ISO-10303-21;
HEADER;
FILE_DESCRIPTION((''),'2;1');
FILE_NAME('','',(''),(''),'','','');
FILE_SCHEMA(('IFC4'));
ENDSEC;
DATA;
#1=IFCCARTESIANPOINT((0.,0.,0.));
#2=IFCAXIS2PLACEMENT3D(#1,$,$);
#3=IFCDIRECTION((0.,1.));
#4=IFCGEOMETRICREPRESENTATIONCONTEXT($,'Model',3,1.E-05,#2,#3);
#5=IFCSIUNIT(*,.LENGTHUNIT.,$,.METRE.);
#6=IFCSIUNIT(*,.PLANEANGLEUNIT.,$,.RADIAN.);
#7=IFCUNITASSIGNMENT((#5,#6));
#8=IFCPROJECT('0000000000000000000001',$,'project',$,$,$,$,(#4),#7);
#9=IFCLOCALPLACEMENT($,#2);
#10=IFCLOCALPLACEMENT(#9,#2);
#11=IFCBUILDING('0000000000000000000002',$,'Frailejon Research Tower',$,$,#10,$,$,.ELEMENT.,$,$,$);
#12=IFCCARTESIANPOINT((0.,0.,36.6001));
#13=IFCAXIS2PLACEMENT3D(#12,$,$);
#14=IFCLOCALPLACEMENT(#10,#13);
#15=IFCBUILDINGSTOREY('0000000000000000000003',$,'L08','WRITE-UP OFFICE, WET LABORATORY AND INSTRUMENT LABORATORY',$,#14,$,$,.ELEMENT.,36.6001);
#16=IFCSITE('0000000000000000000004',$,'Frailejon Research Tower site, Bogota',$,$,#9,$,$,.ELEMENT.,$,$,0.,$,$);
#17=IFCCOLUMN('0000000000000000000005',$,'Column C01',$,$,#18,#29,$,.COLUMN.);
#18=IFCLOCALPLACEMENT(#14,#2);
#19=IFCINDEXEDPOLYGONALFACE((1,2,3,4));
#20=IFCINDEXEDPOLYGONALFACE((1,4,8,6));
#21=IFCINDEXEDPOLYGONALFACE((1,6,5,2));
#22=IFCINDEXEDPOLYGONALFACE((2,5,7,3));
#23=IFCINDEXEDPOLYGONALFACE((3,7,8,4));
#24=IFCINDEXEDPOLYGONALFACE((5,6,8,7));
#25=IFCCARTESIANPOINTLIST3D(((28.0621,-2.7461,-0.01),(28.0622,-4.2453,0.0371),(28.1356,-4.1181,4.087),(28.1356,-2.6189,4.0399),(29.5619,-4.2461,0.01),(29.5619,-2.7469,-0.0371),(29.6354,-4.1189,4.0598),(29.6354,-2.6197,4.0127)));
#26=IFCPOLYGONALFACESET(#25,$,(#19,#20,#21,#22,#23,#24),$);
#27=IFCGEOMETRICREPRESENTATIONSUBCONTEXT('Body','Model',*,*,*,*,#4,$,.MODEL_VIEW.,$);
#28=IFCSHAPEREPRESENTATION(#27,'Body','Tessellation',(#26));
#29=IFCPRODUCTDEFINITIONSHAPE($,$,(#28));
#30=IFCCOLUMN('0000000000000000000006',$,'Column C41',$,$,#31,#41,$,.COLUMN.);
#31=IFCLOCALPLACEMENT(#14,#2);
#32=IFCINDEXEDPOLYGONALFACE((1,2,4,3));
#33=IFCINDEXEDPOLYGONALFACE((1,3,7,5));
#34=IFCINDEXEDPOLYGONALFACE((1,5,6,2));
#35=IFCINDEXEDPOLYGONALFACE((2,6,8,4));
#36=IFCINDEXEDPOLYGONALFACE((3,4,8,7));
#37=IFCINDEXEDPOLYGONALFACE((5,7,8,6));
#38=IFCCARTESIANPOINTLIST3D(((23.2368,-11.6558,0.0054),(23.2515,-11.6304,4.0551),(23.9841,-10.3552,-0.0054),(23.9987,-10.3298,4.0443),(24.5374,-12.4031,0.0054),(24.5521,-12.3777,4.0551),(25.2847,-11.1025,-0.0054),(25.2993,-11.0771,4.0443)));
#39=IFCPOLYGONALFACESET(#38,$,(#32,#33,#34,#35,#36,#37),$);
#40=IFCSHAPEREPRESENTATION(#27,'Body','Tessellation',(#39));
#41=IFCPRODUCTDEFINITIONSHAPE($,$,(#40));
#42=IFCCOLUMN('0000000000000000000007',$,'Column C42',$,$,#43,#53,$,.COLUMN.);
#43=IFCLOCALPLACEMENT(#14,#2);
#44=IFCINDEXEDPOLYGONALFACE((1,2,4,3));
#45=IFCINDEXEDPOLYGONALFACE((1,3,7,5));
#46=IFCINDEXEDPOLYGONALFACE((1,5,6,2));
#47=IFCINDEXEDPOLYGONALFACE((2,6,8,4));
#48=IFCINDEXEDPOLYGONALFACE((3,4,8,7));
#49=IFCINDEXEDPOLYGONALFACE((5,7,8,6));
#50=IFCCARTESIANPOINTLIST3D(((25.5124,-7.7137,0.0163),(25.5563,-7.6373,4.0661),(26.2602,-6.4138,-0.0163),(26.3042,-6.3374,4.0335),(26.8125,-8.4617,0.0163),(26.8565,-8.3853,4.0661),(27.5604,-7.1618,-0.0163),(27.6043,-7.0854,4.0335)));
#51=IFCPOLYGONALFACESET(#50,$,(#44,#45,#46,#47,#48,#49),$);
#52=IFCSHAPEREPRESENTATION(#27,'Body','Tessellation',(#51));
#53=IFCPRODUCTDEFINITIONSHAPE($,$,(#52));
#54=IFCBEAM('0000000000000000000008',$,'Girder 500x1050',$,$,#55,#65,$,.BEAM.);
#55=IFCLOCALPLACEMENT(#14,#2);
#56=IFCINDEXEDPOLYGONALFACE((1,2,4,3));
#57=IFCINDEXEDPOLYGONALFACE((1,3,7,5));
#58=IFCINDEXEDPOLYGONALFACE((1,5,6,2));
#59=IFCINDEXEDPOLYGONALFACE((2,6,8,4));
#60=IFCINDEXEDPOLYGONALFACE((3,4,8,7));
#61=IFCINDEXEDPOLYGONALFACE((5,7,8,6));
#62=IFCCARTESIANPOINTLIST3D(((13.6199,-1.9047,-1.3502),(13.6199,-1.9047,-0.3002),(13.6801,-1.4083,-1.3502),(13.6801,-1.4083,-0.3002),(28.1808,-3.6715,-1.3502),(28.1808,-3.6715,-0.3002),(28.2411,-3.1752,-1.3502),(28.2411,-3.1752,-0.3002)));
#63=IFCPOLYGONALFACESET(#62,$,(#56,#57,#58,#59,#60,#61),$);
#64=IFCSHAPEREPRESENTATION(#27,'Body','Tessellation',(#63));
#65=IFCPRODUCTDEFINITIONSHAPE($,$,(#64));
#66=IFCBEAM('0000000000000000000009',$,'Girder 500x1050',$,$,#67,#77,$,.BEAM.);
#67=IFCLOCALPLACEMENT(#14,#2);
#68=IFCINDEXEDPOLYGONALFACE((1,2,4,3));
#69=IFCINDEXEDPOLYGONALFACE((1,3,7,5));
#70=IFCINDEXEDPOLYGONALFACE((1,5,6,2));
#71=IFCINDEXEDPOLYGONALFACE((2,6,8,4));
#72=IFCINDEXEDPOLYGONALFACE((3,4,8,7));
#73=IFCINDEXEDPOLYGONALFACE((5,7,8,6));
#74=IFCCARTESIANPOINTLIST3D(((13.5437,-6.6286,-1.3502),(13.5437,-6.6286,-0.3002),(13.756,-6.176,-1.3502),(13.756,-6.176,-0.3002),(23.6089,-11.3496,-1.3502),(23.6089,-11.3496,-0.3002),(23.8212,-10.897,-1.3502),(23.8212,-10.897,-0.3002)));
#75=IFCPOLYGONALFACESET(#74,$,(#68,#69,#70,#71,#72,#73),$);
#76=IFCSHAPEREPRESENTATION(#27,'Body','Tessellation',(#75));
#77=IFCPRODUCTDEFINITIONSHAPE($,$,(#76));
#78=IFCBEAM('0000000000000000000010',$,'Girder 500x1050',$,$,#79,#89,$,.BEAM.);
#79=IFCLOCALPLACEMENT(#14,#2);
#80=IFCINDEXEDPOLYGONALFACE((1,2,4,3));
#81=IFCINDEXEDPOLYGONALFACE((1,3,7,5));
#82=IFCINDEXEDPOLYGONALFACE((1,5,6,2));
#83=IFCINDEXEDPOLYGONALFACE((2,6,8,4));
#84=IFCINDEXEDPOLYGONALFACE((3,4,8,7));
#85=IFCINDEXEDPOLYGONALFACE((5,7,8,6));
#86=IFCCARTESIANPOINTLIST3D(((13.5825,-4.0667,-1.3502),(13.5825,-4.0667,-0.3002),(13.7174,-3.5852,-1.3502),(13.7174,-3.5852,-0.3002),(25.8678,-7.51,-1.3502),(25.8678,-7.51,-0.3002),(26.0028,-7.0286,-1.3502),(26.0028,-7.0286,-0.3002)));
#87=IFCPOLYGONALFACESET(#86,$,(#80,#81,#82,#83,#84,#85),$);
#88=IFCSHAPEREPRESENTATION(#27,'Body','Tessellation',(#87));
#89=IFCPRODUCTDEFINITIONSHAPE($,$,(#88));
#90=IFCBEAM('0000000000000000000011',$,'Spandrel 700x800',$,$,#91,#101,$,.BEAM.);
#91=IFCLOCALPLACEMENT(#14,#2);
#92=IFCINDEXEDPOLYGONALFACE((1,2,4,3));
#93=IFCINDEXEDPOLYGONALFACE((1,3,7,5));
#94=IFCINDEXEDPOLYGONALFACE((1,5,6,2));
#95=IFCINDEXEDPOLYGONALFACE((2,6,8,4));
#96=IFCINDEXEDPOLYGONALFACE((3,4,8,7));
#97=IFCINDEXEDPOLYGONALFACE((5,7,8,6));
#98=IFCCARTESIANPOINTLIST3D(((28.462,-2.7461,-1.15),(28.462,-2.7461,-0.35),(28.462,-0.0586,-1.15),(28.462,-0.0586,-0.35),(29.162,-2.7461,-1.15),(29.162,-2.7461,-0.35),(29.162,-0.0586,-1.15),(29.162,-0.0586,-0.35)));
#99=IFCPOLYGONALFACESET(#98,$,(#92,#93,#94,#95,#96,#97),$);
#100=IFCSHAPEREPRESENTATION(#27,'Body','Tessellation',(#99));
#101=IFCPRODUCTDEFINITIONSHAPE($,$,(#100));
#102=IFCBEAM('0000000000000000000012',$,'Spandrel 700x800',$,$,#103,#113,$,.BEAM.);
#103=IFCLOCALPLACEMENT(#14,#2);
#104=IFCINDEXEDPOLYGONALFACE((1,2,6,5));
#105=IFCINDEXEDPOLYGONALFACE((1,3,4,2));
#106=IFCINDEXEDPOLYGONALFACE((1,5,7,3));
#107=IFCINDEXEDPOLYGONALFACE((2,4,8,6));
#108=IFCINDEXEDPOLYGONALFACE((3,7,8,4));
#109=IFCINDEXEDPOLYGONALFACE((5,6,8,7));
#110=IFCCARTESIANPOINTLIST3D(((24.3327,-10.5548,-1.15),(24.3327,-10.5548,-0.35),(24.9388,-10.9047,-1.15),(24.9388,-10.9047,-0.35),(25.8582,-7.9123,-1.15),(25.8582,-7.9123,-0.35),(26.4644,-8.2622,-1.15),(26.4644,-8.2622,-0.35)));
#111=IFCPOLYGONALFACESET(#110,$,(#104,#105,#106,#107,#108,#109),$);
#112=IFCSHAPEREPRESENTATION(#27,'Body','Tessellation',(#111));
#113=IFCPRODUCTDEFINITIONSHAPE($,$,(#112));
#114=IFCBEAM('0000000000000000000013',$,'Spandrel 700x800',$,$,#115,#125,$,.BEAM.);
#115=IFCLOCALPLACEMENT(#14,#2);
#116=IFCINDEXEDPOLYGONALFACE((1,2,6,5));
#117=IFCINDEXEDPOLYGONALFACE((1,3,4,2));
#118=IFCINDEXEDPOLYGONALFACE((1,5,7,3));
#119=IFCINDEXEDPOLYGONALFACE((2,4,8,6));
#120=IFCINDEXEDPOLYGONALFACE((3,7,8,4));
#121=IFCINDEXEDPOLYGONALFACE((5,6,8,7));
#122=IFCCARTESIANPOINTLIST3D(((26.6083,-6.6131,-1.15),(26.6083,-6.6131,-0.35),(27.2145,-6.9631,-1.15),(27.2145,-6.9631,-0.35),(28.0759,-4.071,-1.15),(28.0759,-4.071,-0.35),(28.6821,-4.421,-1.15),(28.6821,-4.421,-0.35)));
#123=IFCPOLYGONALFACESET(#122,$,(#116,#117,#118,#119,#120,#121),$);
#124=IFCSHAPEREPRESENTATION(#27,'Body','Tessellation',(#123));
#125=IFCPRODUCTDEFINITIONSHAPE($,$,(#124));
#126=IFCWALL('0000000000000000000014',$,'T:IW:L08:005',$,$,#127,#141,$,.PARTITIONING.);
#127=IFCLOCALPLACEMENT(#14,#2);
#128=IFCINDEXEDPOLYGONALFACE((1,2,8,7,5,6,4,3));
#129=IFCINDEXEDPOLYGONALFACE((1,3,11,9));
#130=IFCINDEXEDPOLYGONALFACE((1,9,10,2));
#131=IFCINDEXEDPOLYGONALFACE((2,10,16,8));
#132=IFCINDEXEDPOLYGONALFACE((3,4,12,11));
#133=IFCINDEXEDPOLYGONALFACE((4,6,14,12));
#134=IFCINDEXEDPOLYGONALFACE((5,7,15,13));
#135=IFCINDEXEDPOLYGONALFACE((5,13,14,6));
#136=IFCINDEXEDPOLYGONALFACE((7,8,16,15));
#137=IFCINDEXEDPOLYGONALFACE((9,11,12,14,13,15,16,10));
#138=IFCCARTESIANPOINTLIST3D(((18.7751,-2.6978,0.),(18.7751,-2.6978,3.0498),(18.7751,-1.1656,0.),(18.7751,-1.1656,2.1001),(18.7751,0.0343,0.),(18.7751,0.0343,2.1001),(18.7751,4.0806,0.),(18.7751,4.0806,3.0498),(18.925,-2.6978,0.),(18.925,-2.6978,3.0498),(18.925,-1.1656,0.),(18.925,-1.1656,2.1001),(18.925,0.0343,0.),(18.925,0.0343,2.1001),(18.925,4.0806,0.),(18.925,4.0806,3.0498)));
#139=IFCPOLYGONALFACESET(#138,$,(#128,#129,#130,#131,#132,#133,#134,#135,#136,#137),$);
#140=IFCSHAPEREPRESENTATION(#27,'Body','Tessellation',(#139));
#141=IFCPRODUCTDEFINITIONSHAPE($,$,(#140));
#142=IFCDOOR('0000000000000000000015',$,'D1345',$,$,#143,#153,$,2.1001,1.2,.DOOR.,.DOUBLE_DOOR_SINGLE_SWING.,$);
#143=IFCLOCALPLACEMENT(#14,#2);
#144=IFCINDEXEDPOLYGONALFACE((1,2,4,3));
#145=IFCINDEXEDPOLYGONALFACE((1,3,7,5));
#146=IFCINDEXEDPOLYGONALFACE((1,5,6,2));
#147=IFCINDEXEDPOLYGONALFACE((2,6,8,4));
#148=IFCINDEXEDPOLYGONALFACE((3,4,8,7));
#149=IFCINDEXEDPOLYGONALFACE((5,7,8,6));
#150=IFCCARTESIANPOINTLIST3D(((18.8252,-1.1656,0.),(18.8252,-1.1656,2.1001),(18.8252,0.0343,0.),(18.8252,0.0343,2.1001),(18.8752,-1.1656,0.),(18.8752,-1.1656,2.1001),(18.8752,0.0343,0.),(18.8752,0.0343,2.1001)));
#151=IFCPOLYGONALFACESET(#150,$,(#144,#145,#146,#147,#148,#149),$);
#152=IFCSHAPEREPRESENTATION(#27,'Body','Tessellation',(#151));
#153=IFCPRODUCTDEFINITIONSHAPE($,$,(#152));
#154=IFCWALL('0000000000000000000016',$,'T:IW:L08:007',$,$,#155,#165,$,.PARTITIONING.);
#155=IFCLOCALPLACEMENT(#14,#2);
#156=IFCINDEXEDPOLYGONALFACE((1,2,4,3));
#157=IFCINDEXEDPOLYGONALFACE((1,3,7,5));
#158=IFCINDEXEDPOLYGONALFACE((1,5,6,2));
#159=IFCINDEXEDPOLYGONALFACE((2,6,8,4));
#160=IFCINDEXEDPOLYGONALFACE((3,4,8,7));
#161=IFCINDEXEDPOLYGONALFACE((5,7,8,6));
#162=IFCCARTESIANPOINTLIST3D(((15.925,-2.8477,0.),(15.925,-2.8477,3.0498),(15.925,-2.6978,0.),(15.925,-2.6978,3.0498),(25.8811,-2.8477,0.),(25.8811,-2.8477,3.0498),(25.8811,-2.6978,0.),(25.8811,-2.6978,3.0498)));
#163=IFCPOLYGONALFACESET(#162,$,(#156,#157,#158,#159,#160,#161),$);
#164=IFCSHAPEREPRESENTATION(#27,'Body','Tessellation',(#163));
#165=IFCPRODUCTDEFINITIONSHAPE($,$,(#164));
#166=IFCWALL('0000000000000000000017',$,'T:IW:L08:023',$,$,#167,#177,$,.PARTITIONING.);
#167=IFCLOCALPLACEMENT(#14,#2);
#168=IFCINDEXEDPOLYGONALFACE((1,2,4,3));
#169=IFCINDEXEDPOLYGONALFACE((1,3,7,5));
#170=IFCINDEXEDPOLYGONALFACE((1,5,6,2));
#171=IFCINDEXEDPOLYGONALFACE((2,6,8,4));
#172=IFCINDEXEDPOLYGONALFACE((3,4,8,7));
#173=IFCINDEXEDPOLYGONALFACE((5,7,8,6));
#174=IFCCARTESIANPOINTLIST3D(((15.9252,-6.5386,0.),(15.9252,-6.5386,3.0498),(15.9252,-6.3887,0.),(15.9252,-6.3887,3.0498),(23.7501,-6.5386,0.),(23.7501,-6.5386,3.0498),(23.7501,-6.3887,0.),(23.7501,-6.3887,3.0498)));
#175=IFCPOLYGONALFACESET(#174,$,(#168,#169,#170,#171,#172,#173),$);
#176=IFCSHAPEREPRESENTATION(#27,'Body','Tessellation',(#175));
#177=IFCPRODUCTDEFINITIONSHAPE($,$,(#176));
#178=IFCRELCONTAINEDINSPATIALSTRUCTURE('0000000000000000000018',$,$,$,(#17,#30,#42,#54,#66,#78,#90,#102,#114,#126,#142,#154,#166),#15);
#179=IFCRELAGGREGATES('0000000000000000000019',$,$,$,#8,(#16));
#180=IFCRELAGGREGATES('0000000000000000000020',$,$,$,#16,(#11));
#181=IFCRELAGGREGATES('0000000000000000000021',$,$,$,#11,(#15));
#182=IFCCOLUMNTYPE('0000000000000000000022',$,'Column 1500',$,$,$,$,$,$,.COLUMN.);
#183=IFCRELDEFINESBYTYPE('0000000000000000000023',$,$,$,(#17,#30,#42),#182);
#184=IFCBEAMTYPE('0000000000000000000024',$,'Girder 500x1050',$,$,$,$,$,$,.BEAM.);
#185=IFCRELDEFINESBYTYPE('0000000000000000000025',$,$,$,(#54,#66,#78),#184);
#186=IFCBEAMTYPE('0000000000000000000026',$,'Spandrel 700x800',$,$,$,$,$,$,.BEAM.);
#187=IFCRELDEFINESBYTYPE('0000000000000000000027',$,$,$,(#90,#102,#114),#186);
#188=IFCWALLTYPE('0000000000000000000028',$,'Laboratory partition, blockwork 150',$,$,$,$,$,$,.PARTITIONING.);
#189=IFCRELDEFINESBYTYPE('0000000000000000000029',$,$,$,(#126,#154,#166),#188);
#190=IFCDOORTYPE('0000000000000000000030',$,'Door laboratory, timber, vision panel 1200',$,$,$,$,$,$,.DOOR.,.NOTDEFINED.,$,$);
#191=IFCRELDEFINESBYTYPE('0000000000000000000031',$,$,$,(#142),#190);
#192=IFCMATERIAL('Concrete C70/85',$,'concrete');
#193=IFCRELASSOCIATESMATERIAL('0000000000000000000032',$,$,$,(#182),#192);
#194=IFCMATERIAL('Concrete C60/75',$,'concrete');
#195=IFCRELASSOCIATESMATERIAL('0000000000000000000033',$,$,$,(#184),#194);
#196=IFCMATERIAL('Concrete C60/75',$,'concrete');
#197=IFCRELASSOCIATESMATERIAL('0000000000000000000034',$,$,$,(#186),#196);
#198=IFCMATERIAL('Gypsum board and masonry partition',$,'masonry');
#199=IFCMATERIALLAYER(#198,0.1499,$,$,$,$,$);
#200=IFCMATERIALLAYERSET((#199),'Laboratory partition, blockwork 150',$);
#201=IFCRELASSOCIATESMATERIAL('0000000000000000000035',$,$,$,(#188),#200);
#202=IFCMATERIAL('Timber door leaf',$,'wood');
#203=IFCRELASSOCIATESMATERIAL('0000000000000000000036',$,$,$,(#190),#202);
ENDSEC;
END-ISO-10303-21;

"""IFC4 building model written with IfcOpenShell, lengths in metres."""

from ifc_helpers import new_model, si_unit, direction, frame, frame_2d, origin, origin_2d, place, context, subcontext, project, spatial, rectangle, extrude, material, layer, layer_set, material_profile, profile_set, type_object, element, fill, save


model = new_model("IFC4")

# Units and contexts
model_context = context("Model", 3, precision=1e-05, world=origin(), true_north=direction((0.0, 1.0)))
body_context = subcontext(model_context, "Body", "Model", "MODEL_VIEW")
ifc_project = project(units=[si_unit("LENGTHUNIT", "METRE"), si_unit("PLANEANGLEUNIT", "RADIAN")], contexts=[model_context])

# Site, building, storey
site_placement = place(None, origin())
site = spatial("IfcSite", under=ifc_project, at=site_placement, Name="Frailejon Research Tower site, Bogota", CompositionType="ELEMENT", RefElevation=0.0)
building_placement = place(site_placement, origin())
building = spatial("IfcBuilding", under=site, at=building_placement, Name="Frailejon Research Tower", CompositionType="ELEMENT")
storey_placement = place(building_placement, frame((0.0, 0.0, 36.6001)))
storey = spatial("IfcBuildingStorey", under=building, at=storey_placement, Name="L08", Description="WRITE-UP OFFICE, WET LABORATORY AND INSTRUMENT LABORATORY", CompositionType="ELEMENT", Elevation=36.6001)

# Columns
ifc_material_1 = material(Name="Concrete C70/85", Category="concrete")
ifc_material_profile_1 = material_profile(ifc_material_1, rectangle(XDim=1.5, YDim=1.5, at=origin_2d()), Name="Column 1500")
ifc_profile_set_1 = profile_set([ifc_material_profile_1], Name="Concrete C70/85")
column_type = type_object("IfcColumnType", Name="Column 1500", PredefinedType="COLUMN", material=ifc_profile_set_1)
column_1_placement = place(storey_placement, frame((28.812, -3.4961, 0.0), z_axis=(0.018134, 0.031388, 0.999343), x_axis=(-0.000022, 0.999507, -0.031392)))
element("IfcColumn", 1, at=column_1_placement, inside=storey, type_object=column_type, Name="Column C01", PredefinedType="COLUMN", context=body_context, shape_type="SweptSolid", body=[
    extrude(rectangle(XDim=1.5, YDim=1.5, at=origin_2d()), origin(), (0.0, 0.0, 1.0), 4.0525),
])
column_2_placement = place(storey_placement, frame((24.2607, -11.3792, 0.0), z_axis=(0.003617, 0.006269, 0.999974), x_axis=(0.498177, 0.867045, -0.007238)))
element("IfcColumn", 2, at=column_2_placement, inside=storey, type_object=column_type, Name="Column C41", PredefinedType="COLUMN", context=body_context, shape_type="SweptSolid", body=[
    extrude(rectangle(XDim=1.5, YDim=1.5, at=origin_2d()), origin(), (0.0, 0.0, 1.0), 4.0498),
])
column_3_placement = place(storey_placement, frame((26.5364, -7.4377, 0.0), z_axis=(0.010849, 0.018865, 0.999763), x_axis=(0.498562, 0.866581, -0.021762)))
element("IfcColumn", 3, at=column_3_placement, inside=storey, type_object=column_type, Name="Column C42", PredefinedType="COLUMN", context=body_context, shape_type="SweptSolid", body=[
    extrude(rectangle(XDim=1.5, YDim=1.5, at=origin_2d()), origin(), (0.0, 0.0, 1.0), 4.0508),
])

# Beams
ifc_material_2 = material(Name="Concrete C60/75", Category="concrete")
ifc_material_profile_2 = material_profile(ifc_material_2, rectangle(XDim=0.5, YDim=1.05, at=origin_2d()), Name="Girder 500x1050")
ifc_profile_set_2 = profile_set([ifc_material_profile_2], Name="Concrete C60/75")
beam_type_1 = type_object("IfcBeamType", Name="Girder 500x1050", PredefinedType="BEAM", material=ifc_profile_set_2)
beam_1_placement = place(storey_placement, frame((28.2109, -3.4233, -0.8252), z_axis=(-0.992719, 0.120457, 0.0), x_axis=(-0.120457, -0.992719, 0.0)))
element("IfcBeam", 4, at=beam_1_placement, inside=storey, type_object=beam_type_1, Name="Girder 500x1050", PredefinedType="BEAM", context=body_context, shape_type="SweptSolid", body=[
    extrude(rectangle(XDim=0.5, YDim=1.05, at=origin_2d()), origin(), (0.0, 0.0, 1.0), 14.6677),
])
beam_2_placement = place(storey_placement, frame((23.7151, -11.1233, -0.8252), z_axis=(-0.905359, 0.424647, 0.0), x_axis=(-0.424647, -0.905359, 0.0)))
element("IfcBeam", 5, at=beam_2_placement, inside=storey, type_object=beam_type_1, Name="Girder 500x1050", PredefinedType="BEAM", context=body_context, shape_type="SweptSolid", body=[
    extrude(rectangle(XDim=0.5, YDim=1.05, at=origin_2d()), origin(), (0.0, 0.0, 1.0), 11.1174),
])
beam_3_placement = place(storey_placement, frame((25.9353, -7.2693, -0.8252), z_axis=(-0.962894, 0.26988, 0.0), x_axis=(-0.26988, -0.962894, 0.0)))
element("IfcBeam", 6, at=beam_3_placement, inside=storey, type_object=beam_type_1, Name="Girder 500x1050", PredefinedType="BEAM", context=body_context, shape_type="SweptSolid", body=[
    extrude(rectangle(XDim=0.5, YDim=1.05, at=origin_2d()), origin(), (0.0, 0.0, 1.0), 12.7588),
])
ifc_material_3 = material(Name="Concrete C60/75", Category="concrete")
ifc_material_profile_3 = material_profile(ifc_material_3, rectangle(XDim=0.7, YDim=0.8, at=origin_2d()), Name="Spandrel 700x800")
ifc_profile_set_3 = profile_set([ifc_material_profile_3], Name="Concrete C60/75")
beam_type_2 = type_object("IfcBeamType", Name="Spandrel 700x800", PredefinedType="BEAM", material=ifc_profile_set_3)
beam_4_placement = place(storey_placement, frame((28.812, -2.7461, -0.75), z_axis=(0.0, 1.0, 0.0), x_axis=(-1.0, 0.0, 0.0)))
element("IfcBeam", 7, at=beam_4_placement, inside=storey, type_object=beam_type_2, Name="Spandrel 700x800", PredefinedType="BEAM", context=body_context, shape_type="SweptSolid", body=[
    extrude(rectangle(XDim=0.7, YDim=0.8, at=origin_2d()), origin(), (0.0, 0.0, 1.0), 2.6875),
])
beam_5_placement = place(storey_placement, frame((24.6357, -10.7297, -0.75), z_axis=(0.499986, 0.866034, 0.0), x_axis=(-0.866034, 0.499986, 0.0)))
element("IfcBeam", 8, at=beam_5_placement, inside=storey, type_object=beam_type_2, Name="Spandrel 700x800", PredefinedType="BEAM", context=body_context, shape_type="SweptSolid", body=[
    extrude(rectangle(XDim=0.7, YDim=0.8, at=origin_2d()), origin(), (0.0, 0.0, 1.0), 3.0513),
])
beam_6_placement = place(storey_placement, frame((26.9114, -6.7881, -0.75), z_axis=(0.499977, 0.866039, 0.0), x_axis=(-0.866039, 0.499977, 0.0)))
element("IfcBeam", 9, at=beam_6_placement, inside=storey, type_object=beam_type_2, Name="Spandrel 700x800", PredefinedType="BEAM", context=body_context, shape_type="SweptSolid", body=[
    extrude(rectangle(XDim=0.7, YDim=0.8, at=origin_2d()), origin(), (0.0, 0.0, 1.0), 2.9353),
])

# Wall, opening, door
ifc_material_4 = material(Name="Gypsum board and masonry partition", Category="masonry")
ifc_layer_1 = layer(ifc_material_4, 0.1499)
ifc_layer_set_1 = layer_set([ifc_layer_1], Name="Laboratory partition, blockwork 150")
wall_type_1 = type_object("IfcWallType", Name="Laboratory partition, blockwork 150", PredefinedType="PARTITIONING", material=ifc_layer_set_1)
wall_1_placement = place(storey_placement, frame((18.8501, -2.6978, 0.0), z_axis=(0.0, 0.0, 1.0), x_axis=(0.0, 1.0, 0.0)))
wall_1 = element("IfcWall", 10, at=wall_1_placement, inside=storey, type_object=wall_type_1, Name="T:IW:L08:005", PredefinedType="PARTITIONING", context=body_context, shape_type="SweptSolid", body=[
    extrude(rectangle(XDim=6.7783, YDim=0.1499, at=frame_2d((3.3892, 0.0))), origin(), (0.0, 0.0, 1.0), 3.0498),
])
opening_1_placement = place(wall_1_placement, frame((1.532, 0.0, 0.0)))
opening_1 = element("IfcOpeningElement", 11, at=opening_1_placement, cuts=wall_1, PredefinedType="OPENING", context=body_context, shape_type="SweptSolid", body=[
    extrude(rectangle(XDim=1.2, YDim=2.1001, at=frame_2d((0.6001, 1.05))), frame((0.0, 0.085, 0.0), z_axis=(0.0, -1.0, 0.0), x_axis=(1.0, 0.0, 0.0)), (0.0, 0.0, 1.0), 0.1699),
])
ifc_material_5 = material(Name="Timber door leaf", Category="wood")
door_type = type_object("IfcDoorType", Name="Door laboratory, timber, vision panel 1200", OperationType="NOTDEFINED", PredefinedType="DOOR", material=ifc_material_5)
door_placement = place(opening_1_placement, origin())
door = element("IfcDoor", 12, at=door_placement, inside=storey, type_object=door_type, Name="D1345", OperationType="DOUBLE_DOOR_SINGLE_SWING", OverallHeight=2.1001, OverallWidth=1.2, PredefinedType="DOOR", context=body_context, shape_type="SweptSolid", body=[
    extrude(rectangle(XDim=1.2, YDim=2.1001, at=frame_2d((0.6001, 1.05))), frame((0.0, 0.0249, 0.0), z_axis=(0.0, -1.0, 0.0), x_axis=(1.0, 0.0, 0.0)), (0.0, 0.0, 1.0), 0.05),
])
fill(opening_1, door)

# Walls
wall_2_placement = place(storey_placement, frame((15.925, -2.7727, 0.0), z_axis=(0.0, 0.0, 1.0), x_axis=(1.0, 0.0, 0.0)))
element("IfcWall", 13, at=wall_2_placement, inside=storey, type_object=wall_type_1, Name="T:IW:L08:007", PredefinedType="PARTITIONING", context=body_context, shape_type="SweptSolid", body=[
    extrude(rectangle(XDim=9.9561, YDim=0.1499, at=frame_2d((4.978, 0.0))), origin(), (0.0, 0.0, 1.0), 3.0498),
])
wall_3_placement = place(storey_placement, frame((15.925, -6.4636, 0.0), z_axis=(0.0, 0.0, 1.0), x_axis=(1.0, 0.0, 0.0)))
element("IfcWall", 14, at=wall_3_placement, inside=storey, type_object=wall_type_1, Name="T:IW:L08:023", PredefinedType="PARTITIONING", context=body_context, shape_type="SweptSolid", body=[
    extrude(rectangle(XDim=7.825, YDim=0.1499, at=frame_2d((3.9126, 0.0))), origin(), (0.0, 0.0, 1.0), 3.0498),
])

save(model, "model.ifc")
